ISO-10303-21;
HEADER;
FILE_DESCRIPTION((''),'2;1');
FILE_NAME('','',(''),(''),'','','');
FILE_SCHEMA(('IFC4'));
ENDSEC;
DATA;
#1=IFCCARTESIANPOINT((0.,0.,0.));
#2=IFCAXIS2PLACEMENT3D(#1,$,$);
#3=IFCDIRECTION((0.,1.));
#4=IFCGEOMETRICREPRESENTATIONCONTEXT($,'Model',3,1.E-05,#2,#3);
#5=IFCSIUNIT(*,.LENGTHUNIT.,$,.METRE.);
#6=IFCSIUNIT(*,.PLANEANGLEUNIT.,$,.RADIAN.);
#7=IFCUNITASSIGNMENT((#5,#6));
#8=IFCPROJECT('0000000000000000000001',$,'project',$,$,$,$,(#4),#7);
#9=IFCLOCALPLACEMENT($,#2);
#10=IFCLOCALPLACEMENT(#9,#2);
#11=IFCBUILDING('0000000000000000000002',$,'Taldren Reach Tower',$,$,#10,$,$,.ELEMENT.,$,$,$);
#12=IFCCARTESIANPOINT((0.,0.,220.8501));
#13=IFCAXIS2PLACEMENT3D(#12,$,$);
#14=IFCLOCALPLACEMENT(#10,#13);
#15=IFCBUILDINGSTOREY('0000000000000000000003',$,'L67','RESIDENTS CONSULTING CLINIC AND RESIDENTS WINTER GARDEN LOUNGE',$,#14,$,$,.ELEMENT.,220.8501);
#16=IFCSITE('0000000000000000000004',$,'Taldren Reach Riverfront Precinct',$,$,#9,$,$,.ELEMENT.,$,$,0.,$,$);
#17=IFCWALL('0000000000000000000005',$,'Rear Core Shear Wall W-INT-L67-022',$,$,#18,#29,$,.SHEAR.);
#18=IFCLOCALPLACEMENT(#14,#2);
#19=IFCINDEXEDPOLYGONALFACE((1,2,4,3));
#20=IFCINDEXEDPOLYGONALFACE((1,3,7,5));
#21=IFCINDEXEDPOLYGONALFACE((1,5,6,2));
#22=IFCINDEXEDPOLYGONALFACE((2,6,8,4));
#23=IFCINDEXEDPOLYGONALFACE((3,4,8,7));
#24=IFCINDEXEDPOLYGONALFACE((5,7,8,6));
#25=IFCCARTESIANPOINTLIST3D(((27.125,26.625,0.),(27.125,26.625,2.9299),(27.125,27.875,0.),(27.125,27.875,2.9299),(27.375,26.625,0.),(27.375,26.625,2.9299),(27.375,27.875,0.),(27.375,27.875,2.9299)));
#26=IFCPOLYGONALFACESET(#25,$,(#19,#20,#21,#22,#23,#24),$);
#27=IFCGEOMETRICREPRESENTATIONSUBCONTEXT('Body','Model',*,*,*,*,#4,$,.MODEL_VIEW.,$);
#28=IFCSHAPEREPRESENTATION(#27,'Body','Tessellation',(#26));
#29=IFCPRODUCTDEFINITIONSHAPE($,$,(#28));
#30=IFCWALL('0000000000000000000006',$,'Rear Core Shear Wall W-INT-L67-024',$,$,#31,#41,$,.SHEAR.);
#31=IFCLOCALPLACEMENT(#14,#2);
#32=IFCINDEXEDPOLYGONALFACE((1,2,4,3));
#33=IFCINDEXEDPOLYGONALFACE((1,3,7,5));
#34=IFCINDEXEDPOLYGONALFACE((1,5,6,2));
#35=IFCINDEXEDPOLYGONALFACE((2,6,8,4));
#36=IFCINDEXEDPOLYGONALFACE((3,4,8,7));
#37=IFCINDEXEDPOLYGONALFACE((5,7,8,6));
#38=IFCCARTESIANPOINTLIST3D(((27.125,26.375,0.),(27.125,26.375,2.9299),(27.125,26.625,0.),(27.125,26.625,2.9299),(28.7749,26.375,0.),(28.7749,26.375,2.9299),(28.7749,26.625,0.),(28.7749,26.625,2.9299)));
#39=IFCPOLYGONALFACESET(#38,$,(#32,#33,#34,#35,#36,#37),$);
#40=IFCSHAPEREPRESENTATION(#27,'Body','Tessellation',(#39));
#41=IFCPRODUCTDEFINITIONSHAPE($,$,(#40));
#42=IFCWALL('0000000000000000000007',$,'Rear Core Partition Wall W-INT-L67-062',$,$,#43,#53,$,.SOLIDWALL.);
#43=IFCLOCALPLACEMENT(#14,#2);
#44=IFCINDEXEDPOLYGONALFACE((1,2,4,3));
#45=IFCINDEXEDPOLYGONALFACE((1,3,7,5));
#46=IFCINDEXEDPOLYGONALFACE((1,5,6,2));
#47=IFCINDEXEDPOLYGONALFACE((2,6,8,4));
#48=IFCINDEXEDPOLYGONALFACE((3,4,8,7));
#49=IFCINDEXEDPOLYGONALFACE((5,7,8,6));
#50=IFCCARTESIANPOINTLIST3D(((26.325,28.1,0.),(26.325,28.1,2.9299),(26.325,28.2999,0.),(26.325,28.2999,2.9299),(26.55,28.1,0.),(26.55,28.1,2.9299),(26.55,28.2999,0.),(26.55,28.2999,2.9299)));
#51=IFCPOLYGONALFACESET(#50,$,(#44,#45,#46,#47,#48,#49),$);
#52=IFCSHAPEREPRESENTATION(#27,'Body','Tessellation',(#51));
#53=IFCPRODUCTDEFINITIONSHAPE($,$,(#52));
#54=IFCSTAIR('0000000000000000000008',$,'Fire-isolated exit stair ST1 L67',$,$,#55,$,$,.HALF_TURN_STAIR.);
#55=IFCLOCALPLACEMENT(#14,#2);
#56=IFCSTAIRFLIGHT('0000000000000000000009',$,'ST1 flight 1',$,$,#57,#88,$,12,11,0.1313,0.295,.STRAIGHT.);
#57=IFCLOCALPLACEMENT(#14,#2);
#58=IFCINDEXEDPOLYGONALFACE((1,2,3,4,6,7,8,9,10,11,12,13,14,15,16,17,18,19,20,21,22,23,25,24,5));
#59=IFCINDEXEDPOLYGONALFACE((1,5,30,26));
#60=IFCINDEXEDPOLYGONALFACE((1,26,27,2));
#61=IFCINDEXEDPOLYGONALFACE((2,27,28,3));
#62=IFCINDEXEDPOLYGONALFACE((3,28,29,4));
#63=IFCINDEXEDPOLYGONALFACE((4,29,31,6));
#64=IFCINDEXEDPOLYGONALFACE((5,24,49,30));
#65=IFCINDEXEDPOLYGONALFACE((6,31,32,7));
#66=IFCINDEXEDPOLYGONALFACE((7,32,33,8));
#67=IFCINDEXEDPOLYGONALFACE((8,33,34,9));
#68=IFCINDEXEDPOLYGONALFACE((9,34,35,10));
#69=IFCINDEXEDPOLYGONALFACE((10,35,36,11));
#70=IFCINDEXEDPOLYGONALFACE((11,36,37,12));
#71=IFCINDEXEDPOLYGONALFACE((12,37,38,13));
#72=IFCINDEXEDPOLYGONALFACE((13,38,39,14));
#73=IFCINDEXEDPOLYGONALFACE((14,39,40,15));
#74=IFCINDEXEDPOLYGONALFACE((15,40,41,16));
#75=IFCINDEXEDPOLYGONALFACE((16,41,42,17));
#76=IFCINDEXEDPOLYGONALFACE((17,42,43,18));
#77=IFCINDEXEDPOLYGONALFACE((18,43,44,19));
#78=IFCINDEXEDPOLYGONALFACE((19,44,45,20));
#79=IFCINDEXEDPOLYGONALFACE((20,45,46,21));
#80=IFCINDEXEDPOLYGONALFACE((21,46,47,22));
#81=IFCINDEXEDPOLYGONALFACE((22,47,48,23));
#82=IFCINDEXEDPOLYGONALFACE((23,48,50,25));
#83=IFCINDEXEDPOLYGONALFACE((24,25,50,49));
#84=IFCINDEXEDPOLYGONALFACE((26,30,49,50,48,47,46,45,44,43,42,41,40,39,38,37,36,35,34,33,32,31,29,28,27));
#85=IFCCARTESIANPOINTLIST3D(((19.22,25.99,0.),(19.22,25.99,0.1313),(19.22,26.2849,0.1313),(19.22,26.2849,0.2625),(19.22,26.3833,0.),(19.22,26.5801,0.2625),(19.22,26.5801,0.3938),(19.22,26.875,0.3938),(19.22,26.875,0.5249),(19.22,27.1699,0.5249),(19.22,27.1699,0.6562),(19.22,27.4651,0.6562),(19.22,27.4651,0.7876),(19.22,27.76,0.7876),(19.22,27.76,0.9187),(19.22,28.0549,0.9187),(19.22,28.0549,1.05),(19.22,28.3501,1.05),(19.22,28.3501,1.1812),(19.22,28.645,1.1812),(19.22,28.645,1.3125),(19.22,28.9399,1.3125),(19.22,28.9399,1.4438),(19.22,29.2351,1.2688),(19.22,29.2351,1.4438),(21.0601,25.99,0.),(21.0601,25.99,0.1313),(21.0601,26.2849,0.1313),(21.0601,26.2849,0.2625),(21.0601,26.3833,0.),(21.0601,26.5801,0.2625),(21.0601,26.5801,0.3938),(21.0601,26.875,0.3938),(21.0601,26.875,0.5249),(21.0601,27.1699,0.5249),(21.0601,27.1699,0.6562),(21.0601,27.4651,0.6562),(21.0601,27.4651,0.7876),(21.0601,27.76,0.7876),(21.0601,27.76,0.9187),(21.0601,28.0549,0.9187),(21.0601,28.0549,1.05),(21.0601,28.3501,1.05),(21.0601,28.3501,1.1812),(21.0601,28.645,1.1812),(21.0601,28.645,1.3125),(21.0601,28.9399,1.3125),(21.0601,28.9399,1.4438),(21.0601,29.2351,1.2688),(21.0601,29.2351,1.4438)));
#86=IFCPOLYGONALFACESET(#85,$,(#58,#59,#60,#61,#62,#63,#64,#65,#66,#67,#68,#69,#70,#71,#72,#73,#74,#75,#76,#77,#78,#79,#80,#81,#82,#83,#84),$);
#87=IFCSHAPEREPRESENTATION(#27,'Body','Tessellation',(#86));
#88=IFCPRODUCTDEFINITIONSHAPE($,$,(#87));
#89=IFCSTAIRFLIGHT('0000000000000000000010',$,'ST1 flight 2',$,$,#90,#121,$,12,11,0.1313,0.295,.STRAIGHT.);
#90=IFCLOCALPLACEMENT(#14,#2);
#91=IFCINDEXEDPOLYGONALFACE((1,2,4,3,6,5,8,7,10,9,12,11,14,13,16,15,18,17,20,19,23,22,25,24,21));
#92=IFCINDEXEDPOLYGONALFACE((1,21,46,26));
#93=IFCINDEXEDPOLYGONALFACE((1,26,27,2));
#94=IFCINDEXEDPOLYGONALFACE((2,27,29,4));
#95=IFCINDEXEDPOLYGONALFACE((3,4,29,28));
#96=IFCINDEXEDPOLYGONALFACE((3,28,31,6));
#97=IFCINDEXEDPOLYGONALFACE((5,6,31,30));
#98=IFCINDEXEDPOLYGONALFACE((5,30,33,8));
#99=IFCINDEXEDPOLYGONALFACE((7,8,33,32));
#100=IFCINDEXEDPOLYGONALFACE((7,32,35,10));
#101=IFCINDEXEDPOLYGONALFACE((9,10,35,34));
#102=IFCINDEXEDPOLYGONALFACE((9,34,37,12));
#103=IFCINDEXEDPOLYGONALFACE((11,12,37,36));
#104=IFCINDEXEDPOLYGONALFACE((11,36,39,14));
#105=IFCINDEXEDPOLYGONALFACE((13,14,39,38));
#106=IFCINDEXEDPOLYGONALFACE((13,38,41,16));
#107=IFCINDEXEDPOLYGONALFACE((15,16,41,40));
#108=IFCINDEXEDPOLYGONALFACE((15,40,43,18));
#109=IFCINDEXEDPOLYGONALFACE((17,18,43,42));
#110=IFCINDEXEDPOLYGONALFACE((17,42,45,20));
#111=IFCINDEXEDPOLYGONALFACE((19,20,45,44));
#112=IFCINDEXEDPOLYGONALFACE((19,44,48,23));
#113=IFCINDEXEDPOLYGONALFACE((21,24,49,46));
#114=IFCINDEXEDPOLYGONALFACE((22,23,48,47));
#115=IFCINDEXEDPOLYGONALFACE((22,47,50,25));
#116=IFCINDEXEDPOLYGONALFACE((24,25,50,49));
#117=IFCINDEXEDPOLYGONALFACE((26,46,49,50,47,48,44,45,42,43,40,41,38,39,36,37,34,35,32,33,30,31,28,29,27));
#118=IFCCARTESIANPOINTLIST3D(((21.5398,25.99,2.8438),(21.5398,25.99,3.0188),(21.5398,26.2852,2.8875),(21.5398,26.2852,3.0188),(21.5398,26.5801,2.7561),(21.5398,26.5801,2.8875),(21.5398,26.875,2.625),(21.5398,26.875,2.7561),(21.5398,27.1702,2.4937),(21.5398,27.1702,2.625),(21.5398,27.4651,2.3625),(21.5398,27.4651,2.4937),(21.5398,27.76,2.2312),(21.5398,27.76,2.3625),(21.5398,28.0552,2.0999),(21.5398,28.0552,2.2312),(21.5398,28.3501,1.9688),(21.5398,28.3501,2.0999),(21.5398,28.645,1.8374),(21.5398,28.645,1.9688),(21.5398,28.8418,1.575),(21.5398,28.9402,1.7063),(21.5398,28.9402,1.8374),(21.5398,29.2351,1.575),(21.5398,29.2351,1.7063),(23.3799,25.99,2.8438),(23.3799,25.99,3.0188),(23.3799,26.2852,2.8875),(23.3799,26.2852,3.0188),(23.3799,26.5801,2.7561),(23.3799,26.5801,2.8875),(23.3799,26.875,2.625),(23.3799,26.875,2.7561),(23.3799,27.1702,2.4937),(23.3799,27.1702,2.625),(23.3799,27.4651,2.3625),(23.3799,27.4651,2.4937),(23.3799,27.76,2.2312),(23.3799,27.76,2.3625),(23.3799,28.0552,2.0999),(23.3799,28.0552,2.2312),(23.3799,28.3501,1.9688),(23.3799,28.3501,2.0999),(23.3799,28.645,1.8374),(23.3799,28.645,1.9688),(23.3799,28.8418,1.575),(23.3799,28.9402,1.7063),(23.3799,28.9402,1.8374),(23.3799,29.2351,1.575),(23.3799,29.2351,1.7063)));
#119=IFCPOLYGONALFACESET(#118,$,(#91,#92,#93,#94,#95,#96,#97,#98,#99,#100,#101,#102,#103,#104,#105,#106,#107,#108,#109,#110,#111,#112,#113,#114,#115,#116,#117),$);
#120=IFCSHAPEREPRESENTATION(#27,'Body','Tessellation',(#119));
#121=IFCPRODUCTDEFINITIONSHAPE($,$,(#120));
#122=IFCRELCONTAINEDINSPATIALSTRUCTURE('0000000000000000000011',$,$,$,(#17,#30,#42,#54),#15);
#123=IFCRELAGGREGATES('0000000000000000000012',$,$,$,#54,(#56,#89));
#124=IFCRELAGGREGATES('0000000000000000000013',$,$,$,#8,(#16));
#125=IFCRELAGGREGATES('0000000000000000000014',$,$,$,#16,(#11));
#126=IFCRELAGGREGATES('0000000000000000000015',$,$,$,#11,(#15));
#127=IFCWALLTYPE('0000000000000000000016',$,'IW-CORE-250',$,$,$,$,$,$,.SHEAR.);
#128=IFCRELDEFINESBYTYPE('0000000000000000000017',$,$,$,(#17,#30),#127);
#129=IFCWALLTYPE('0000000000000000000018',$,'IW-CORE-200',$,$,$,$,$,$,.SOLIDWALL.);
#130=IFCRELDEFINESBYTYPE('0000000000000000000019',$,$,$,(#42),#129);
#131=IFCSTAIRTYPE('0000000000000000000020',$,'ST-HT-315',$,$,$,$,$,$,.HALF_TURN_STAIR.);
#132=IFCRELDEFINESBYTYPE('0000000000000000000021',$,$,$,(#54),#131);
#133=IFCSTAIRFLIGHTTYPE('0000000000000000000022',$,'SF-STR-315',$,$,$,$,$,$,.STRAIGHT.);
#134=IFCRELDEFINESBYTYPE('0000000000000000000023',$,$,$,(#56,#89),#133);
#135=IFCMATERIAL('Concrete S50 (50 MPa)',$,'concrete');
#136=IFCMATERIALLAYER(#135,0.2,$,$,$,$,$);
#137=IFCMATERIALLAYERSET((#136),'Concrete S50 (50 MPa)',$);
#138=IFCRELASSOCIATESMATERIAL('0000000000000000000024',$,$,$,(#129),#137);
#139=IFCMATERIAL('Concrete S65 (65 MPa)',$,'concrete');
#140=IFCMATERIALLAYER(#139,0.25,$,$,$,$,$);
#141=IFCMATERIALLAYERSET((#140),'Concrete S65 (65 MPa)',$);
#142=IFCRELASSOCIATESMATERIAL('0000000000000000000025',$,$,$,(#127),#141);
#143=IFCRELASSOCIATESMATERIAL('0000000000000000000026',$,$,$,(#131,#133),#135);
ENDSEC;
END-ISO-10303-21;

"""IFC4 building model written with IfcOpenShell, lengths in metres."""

from ifc_helpers import new_model, si_unit, direction, frame, frame_2d, origin, place, context, subcontext, project, spatial, polyline, rectangle, outline, extrude, source, transform, mapped, material, layer, layer_set, type_object, element, aggregate, save


model = new_model("IFC4")

# Units and contexts
model_context = context("Model", 3, precision=1e-05, world=origin(), true_north=direction((0.0, 1.0)))
body_context = subcontext(model_context, "Body", "Model", "MODEL_VIEW")
ifc_project = project(units=[si_unit("LENGTHUNIT", "METRE"), si_unit("PLANEANGLEUNIT", "RADIAN")], contexts=[model_context])

# Site, building, storey
site_placement = place(None, origin())
site = spatial("IfcSite", under=ifc_project, at=site_placement, Name="Taldren Reach Riverfront Precinct", CompositionType="ELEMENT", RefElevation=0.0)
building_placement = place(site_placement, origin())
building = spatial("IfcBuilding", under=site, at=building_placement, Name="Taldren Reach Tower", CompositionType="ELEMENT")
storey_placement = place(building_placement, frame((0.0, 0.0, 220.8501)))
storey = spatial("IfcBuildingStorey", under=building, at=storey_placement, Name="L67", Description="RESIDENTS CONSULTING CLINIC AND RESIDENTS WINTER GARDEN LOUNGE", CompositionType="ELEMENT", Elevation=220.8501)

# Shared definitions
ifc_material_1 = material(Name="Concrete S50 (50 MPa)", Category="concrete")
ifc_layer_1 = layer(ifc_material_1, 0.2)
ifc_layer_set_1 = layer_set([ifc_layer_1], Name="Concrete S50 (50 MPa)")
wall_type_1 = type_object("IfcWallType", Name="IW-CORE-200", PredefinedType="SOLIDWALL", material=ifc_layer_set_1)
ifc_material_2 = material(Name="Concrete S65 (65 MPa)", Category="concrete")
ifc_layer_2 = layer(ifc_material_2, 0.25)
ifc_layer_set_2 = layer_set([ifc_layer_2], Name="Concrete S65 (65 MPa)")
wall_type_2 = type_object("IfcWallType", Name="IW-CORE-250", PredefinedType="SHEAR", material=ifc_layer_set_2)

# Walls
shared_shape_1 = source(origin(), body_context, "Body", "SweptSolid", [
    extrude(rectangle(XDim=1.25, YDim=0.25, at=frame_2d((0.625, 0.0))), origin(), (0.0, 0.0, 1.0), 2.9299),
])
wall_1_placement = place(storey_placement, frame((27.25, 27.875, 0.0), z_axis=(0.0, 0.0, 1.0), x_axis=(0.0, -1.0, 0.0)))
element("IfcWall", 1, at=wall_1_placement, inside=storey, type_object=wall_type_2, Name="Rear Core Shear Wall W-INT-L67-022", PredefinedType="SHEAR", context=body_context, shape_type="MappedRepresentation", body=[
    mapped(shared_shape_1, transform((0.0, 0.0, 0.0), scale=1.0)),
])
shared_shape_2 = source(origin(), body_context, "Body", "SweptSolid", [
    extrude(rectangle(XDim=1.6499, YDim=0.25, at=frame_2d((0.825, 0.0))), origin(), (0.0, 0.0, 1.0), 2.9299),
])
wall_2_placement = place(storey_placement, frame((27.125, 26.5, 0.0), z_axis=(0.0, 0.0, 1.0), x_axis=(1.0, 0.0, 0.0)))
element("IfcWall", 2, at=wall_2_placement, inside=storey, type_object=wall_type_2, Name="Rear Core Shear Wall W-INT-L67-024", PredefinedType="SHEAR", context=body_context, shape_type="MappedRepresentation", body=[
    mapped(shared_shape_2, transform((0.0, 0.0, 0.0), scale=1.0)),
])
shared_shape_3 = source(origin(), body_context, "Body", "SweptSolid", [
    extrude(rectangle(XDim=0.2251, YDim=0.2, at=frame_2d((0.1125, 0.0))), origin(), (0.0, 0.0, 1.0), 2.9299),
])
wall_3_placement = place(storey_placement, frame((26.325, 28.2, 0.0), z_axis=(0.0, 0.0, 1.0), x_axis=(1.0, 0.0, 0.0)))
element("IfcWall", 3, at=wall_3_placement, inside=storey, type_object=wall_type_1, Name="Rear Core Partition Wall W-INT-L67-062", PredefinedType="SOLIDWALL", context=body_context, shape_type="MappedRepresentation", body=[
    mapped(shared_shape_3, transform((0.0, 0.0, 0.0), scale=1.0)),
])

# Stair, stair flights
stair_type = type_object("IfcStairType", Name="ST-HT-315", PredefinedType="HALF_TURN_STAIR", material=ifc_material_1)
stair_placement = place(storey_placement, origin())
stair = element("IfcStair", 4, at=stair_placement, inside=storey, type_object=stair_type, Name="Fire-isolated exit stair ST1 L67", PredefinedType="HALF_TURN_STAIR")
stair_flight_type = type_object("IfcStairFlightType", Name="SF-STR-315", PredefinedType="STRAIGHT", material=ifc_material_1)
stair_flight_1_placement = place(storey_placement, frame((20.1399, 25.99, 0.0), z_axis=(0.0, 0.0, 1.0), x_axis=(0.0, 1.0, 0.0)))
stair_flight_1 = element("IfcStairFlight", 5, at=stair_flight_1_placement, type_object=stair_flight_type, Name="ST1 flight 1", NumberOfRisers=12, NumberOfTreads=11, PredefinedType="STRAIGHT", RiserHeight=0.1313, TreadLength=0.295, context=body_context, shape_type="SweptSolid", body=[
    extrude(outline(polyline([(0.0, 0.0), (0.0, 0.1313), (0.2949, 0.1313), (0.2949, 0.2625), (0.5901, 0.2625), (0.5901, 0.3938), (0.885, 0.3938), (0.885, 0.5249), (1.1799, 0.5249), (1.1799, 0.6562), (1.4751, 0.6562), (1.4751, 0.7876), (1.77, 0.7876), (1.77, 0.9187), (2.0649, 0.9187), (2.0649, 1.05), (2.3601, 1.05), (2.3601, 1.1812), (2.655, 1.1812), (2.655, 1.3125), (2.95, 1.3125), (2.95, 1.4438), (3.2451, 1.4438), (3.2451, 1.575), (3.2451, 1.2688), (0.3933, 0.0), (0.0, 0.0)])), frame((0.0, 0.9199, 0.0), z_axis=(0.0, -1.0, 0.0), x_axis=(1.0, 0.0, 0.0)), (0.0, 0.0, 1.0), 1.8401),
])
stair_flight_2_placement = place(storey_placement, frame((22.46, 29.2351, 1.575), z_axis=(0.0, 0.0, 1.0), x_axis=(0.0, -1.0, 0.0)))
stair_flight_2 = element("IfcStairFlight", 6, at=stair_flight_2_placement, type_object=stair_flight_type, Name="ST1 flight 2", NumberOfRisers=12, NumberOfTreads=11, PredefinedType="STRAIGHT", RiserHeight=0.1313, TreadLength=0.295, context=body_context, shape_type="SweptSolid", body=[
    extrude(outline(polyline([(0.0, 0.0), (0.0, 0.1313), (0.2949, 0.1313), (0.2949, 0.2625), (0.5901, 0.2625), (0.5901, 0.3938), (0.885, 0.3938), (0.885, 0.5249), (1.1799, 0.5249), (1.1799, 0.6562), (1.4751, 0.6562), (1.4751, 0.7876), (1.77, 0.7876), (1.77, 0.9187), (2.0649, 0.9187), (2.0649, 1.05), (2.3601, 1.05), (2.3601, 1.1812), (2.655, 1.1812), (2.655, 1.3125), (2.95, 1.3125), (2.95, 1.4438), (3.2451, 1.4438), (3.2451, 1.575), (3.2451, 1.2688), (0.3933, 0.0), (0.0, 0.0)])), frame((0.0, 0.9199, 0.0), z_axis=(0.0, -1.0, 0.0), x_axis=(1.0, 0.0, 0.0)), (0.0, 0.0, 1.0), 1.8401),
])
aggregate(stair, [stair_flight_1, stair_flight_2])

save(model, "model.ifc")
